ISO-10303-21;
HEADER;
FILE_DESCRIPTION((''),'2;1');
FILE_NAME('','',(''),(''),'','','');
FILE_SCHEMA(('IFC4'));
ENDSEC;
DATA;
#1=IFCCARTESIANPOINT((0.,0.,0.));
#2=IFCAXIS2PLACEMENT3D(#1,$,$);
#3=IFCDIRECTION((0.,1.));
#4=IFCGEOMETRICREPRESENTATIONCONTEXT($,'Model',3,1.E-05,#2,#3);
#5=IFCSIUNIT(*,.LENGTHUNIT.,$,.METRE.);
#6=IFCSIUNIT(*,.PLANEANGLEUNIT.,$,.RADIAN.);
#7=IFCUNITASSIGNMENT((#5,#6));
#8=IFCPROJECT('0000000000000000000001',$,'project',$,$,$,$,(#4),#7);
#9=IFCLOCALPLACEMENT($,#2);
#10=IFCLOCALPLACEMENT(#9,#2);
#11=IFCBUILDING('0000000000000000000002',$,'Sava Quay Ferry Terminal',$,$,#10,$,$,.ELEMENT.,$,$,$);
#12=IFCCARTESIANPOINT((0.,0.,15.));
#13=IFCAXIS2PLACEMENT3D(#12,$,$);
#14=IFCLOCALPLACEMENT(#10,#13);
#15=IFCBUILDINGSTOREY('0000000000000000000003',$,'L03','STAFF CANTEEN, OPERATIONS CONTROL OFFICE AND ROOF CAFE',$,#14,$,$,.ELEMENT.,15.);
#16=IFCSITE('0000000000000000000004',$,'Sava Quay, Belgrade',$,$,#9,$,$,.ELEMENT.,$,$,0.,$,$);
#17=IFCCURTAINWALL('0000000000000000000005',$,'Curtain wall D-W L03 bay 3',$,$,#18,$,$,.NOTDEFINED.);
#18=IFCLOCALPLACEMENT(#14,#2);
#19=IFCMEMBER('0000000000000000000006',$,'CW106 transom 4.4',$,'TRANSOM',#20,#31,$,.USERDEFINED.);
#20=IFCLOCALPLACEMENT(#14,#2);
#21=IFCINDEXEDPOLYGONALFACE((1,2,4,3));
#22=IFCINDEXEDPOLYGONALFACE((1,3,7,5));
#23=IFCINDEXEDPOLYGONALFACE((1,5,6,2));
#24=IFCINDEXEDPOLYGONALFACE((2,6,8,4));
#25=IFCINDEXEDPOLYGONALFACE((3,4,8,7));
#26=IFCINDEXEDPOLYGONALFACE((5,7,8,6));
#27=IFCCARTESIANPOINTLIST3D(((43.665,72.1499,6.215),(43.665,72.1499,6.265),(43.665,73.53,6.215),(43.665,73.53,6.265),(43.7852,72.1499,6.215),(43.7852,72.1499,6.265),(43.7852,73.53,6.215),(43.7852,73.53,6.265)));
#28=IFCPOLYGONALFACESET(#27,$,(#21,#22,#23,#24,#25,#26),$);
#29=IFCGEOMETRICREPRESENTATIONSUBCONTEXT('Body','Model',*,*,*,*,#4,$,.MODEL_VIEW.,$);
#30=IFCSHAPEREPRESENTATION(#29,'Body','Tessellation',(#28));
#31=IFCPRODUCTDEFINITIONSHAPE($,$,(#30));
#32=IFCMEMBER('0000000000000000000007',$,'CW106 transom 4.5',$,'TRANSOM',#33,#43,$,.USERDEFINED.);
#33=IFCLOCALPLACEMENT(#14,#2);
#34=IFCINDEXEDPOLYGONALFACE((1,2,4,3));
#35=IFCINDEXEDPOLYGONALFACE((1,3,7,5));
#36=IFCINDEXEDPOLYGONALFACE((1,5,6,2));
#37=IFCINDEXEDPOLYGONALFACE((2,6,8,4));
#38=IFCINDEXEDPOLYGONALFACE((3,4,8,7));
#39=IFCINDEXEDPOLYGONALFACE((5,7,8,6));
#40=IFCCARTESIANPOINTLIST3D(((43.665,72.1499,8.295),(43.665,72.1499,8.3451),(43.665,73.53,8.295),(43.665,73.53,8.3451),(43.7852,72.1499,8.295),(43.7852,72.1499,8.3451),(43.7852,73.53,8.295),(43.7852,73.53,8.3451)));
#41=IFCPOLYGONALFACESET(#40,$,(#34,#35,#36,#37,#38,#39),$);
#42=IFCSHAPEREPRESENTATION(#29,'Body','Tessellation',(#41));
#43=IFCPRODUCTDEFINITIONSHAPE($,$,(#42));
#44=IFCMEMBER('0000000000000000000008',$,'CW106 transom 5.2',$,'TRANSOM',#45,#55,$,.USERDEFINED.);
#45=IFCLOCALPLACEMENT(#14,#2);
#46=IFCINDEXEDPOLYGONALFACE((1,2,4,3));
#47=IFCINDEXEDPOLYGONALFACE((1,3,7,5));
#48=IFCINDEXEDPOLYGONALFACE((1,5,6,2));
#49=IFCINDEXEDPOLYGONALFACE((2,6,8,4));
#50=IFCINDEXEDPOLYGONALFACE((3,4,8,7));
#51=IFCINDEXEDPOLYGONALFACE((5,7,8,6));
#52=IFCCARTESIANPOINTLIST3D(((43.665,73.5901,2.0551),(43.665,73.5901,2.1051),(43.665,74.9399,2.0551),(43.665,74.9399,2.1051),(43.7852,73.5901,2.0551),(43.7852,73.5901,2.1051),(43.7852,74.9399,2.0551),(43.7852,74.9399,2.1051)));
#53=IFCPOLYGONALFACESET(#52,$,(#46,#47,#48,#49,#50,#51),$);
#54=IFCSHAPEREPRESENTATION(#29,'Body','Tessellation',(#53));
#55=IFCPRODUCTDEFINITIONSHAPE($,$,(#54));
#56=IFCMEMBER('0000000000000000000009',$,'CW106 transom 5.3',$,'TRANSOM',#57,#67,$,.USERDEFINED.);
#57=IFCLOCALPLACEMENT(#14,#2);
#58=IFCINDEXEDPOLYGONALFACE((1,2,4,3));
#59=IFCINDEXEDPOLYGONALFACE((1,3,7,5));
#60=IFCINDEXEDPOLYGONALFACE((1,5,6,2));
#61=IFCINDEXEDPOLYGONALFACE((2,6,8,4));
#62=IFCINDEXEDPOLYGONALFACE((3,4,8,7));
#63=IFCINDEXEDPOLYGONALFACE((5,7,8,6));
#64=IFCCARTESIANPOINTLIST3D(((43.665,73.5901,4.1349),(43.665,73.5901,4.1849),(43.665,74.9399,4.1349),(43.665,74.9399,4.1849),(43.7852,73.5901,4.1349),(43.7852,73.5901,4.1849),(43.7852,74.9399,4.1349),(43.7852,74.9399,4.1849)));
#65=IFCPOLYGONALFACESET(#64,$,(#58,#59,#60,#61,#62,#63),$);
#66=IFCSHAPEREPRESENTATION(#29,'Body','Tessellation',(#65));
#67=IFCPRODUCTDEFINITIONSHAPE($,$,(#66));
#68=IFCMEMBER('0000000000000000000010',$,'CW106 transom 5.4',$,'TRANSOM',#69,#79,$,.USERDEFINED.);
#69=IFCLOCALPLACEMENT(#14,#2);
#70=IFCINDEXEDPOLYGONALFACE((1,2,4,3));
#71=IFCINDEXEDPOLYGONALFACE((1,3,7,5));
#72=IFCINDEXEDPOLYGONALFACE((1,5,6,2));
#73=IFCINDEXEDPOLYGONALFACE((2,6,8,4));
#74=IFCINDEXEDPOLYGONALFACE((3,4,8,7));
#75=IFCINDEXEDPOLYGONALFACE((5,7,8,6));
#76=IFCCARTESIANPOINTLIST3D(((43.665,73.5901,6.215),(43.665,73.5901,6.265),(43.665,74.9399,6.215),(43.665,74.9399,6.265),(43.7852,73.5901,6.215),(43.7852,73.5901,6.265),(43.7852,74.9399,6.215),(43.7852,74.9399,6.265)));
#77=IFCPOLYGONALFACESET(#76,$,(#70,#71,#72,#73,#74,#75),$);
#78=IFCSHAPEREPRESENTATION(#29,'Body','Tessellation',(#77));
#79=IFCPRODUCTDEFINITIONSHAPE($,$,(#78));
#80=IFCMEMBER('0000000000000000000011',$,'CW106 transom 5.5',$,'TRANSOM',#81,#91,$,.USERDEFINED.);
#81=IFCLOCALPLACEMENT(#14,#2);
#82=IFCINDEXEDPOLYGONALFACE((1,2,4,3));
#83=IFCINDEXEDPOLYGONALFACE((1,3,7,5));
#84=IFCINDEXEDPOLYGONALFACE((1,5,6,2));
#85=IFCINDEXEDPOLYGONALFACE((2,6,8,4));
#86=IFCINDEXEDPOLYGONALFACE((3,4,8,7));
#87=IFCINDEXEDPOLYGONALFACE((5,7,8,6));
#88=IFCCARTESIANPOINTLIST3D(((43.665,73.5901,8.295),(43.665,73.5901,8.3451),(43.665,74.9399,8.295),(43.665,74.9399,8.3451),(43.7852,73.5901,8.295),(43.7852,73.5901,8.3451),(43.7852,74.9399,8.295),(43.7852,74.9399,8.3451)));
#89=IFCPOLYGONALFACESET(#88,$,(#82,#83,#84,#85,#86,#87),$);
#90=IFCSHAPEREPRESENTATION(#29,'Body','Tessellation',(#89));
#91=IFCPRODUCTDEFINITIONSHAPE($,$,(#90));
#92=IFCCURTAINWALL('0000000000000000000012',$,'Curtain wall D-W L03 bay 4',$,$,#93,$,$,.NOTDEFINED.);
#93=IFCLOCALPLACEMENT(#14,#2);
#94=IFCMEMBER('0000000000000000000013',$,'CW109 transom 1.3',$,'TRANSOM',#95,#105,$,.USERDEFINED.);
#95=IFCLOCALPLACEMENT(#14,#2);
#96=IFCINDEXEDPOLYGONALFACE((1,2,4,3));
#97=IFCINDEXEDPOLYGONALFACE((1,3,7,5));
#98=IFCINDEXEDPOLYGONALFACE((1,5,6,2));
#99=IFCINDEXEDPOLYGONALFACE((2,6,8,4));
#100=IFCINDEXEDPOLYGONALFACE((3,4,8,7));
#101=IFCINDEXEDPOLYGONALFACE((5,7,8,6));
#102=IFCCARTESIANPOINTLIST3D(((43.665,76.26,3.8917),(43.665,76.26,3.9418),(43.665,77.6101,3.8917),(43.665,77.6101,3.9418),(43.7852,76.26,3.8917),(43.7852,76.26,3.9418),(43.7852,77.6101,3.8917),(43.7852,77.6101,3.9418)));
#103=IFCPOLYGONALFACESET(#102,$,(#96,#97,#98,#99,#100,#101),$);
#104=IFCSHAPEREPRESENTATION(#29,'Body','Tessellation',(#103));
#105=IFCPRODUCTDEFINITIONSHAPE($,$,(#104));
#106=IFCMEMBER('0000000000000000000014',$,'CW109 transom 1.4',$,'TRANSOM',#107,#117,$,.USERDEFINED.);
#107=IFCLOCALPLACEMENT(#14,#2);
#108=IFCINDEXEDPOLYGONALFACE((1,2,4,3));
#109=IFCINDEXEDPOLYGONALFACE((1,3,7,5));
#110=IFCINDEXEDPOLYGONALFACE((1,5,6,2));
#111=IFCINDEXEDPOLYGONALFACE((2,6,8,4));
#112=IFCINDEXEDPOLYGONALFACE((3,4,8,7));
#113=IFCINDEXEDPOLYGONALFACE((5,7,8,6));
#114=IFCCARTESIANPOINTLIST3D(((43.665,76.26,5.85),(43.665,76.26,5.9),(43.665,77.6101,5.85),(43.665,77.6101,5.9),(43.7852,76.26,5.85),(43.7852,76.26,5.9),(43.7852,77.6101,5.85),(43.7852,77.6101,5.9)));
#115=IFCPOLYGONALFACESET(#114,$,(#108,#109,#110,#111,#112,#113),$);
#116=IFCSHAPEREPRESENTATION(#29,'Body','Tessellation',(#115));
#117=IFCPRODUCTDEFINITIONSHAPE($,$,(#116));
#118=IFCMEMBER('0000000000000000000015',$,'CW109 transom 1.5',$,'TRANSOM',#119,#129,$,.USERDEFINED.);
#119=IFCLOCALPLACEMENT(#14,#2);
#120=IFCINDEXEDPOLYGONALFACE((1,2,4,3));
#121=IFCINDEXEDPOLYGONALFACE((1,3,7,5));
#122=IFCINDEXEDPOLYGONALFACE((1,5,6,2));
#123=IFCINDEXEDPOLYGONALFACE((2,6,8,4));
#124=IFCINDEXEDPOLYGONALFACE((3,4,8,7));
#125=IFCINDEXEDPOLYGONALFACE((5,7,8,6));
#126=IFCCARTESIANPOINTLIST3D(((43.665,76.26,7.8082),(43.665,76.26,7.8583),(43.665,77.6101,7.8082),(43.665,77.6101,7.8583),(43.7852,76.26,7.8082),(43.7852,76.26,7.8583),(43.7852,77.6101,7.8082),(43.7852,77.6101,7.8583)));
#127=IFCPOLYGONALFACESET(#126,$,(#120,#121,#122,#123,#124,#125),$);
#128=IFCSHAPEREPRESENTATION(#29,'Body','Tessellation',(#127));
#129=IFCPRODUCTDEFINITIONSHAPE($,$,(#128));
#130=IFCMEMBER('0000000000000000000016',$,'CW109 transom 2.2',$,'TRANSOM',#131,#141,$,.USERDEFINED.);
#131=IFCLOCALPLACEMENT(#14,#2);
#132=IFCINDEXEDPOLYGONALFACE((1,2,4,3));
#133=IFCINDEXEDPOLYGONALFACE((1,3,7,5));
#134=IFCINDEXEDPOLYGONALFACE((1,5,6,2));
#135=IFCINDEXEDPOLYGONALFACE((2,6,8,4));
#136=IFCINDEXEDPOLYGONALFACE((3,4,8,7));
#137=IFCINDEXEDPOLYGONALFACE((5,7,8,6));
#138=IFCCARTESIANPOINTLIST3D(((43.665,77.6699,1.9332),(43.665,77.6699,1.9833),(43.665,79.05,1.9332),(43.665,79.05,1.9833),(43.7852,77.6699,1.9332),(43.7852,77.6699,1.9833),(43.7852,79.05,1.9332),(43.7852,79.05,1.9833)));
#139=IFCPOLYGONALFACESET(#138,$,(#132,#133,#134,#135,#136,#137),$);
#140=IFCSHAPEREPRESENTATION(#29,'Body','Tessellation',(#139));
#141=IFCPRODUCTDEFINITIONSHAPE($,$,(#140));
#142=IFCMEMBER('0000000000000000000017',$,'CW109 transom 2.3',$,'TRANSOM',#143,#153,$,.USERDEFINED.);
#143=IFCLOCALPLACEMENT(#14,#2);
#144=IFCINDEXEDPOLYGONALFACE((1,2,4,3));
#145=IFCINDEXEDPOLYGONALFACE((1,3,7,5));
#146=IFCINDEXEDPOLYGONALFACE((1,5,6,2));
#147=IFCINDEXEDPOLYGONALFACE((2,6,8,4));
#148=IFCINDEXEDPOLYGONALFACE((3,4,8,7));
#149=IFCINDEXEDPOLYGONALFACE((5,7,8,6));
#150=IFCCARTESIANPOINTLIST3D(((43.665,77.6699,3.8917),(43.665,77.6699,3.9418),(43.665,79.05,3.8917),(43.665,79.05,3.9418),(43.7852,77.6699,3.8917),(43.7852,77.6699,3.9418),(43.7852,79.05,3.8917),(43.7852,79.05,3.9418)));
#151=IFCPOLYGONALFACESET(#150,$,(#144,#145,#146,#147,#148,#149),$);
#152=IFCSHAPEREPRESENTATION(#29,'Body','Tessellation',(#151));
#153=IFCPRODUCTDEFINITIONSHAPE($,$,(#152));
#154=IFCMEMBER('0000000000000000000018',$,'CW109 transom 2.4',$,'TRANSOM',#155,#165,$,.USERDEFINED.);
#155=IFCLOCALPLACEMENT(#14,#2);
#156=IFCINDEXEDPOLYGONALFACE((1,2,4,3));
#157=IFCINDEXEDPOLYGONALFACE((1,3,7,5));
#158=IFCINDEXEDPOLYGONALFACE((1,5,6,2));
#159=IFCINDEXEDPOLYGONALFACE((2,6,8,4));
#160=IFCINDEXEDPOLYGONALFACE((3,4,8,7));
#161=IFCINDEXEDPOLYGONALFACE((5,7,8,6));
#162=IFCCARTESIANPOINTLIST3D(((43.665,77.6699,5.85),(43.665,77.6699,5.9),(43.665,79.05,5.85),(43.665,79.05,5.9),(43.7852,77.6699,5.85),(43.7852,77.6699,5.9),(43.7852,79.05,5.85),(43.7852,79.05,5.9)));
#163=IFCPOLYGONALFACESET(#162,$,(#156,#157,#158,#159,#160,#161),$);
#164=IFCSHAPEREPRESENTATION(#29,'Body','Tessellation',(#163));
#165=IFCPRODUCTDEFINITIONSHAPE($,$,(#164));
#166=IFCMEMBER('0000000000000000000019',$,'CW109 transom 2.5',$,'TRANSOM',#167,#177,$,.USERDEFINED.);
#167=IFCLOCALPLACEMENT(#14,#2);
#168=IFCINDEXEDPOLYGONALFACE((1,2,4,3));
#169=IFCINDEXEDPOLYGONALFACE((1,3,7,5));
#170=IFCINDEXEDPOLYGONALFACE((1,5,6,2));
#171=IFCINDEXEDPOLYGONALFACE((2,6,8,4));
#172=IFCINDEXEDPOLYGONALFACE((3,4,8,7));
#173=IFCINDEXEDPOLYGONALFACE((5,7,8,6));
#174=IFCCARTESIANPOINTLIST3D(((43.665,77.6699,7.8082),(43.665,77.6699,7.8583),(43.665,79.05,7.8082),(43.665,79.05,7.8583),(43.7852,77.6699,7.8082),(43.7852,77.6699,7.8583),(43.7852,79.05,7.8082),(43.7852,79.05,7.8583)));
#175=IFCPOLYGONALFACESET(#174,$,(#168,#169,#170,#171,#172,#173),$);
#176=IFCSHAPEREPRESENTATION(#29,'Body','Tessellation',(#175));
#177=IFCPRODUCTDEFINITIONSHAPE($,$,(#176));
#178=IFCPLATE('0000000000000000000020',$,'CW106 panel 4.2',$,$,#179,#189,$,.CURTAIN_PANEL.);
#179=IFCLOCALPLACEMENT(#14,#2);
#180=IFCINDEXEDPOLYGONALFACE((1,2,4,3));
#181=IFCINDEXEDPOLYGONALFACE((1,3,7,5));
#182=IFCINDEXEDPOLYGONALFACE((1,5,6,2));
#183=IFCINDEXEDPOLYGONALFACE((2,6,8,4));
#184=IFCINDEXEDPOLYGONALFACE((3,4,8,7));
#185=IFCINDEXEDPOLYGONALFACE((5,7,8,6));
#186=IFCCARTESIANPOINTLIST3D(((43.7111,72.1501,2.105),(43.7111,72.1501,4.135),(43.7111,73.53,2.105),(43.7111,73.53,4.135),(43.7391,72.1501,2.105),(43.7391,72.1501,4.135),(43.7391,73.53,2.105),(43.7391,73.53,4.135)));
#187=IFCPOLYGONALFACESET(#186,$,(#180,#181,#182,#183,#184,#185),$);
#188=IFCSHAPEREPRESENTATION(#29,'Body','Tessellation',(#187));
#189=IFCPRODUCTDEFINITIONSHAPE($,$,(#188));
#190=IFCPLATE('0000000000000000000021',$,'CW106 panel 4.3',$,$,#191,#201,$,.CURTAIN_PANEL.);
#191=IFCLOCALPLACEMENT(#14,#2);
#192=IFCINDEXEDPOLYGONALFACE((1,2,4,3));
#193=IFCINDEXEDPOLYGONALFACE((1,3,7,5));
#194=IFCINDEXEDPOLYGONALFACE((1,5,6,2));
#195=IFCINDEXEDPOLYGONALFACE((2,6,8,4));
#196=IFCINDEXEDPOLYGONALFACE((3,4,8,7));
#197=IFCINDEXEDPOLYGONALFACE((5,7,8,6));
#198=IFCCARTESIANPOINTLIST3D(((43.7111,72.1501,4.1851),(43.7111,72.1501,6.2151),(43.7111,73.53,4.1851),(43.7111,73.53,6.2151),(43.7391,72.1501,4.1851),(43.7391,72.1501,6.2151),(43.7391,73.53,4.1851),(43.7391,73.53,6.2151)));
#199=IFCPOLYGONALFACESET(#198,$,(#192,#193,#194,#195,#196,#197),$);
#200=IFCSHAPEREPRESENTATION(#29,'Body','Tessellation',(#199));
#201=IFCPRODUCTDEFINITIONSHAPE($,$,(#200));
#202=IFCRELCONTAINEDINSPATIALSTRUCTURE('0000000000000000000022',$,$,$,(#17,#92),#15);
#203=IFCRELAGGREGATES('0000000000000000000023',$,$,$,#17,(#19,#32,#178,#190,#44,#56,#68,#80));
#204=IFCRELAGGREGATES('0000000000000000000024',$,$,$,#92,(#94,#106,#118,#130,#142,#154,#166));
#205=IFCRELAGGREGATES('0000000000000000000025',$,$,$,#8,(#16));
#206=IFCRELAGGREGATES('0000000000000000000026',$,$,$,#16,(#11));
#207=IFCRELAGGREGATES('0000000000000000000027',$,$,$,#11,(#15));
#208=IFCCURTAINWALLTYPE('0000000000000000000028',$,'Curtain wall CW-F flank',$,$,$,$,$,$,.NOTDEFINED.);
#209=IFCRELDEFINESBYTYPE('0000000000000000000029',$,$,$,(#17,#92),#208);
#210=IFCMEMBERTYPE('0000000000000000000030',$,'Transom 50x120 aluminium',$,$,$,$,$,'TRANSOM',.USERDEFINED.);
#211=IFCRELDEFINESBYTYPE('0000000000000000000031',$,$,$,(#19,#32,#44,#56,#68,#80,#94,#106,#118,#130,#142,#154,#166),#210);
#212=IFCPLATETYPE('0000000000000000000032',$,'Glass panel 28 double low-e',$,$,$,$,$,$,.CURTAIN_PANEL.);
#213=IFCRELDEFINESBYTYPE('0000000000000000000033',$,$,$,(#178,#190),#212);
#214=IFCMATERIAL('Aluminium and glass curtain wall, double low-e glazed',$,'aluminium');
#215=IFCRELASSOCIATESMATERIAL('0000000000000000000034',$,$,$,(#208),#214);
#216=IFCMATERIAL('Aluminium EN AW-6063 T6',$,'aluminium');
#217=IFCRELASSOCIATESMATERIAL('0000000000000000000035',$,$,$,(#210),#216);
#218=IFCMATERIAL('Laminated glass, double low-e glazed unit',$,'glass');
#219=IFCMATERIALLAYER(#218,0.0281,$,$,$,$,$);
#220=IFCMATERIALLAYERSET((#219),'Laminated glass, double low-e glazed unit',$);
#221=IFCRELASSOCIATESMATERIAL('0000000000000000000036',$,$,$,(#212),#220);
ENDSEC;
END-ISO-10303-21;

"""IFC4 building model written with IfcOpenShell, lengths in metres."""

from ifc_helpers import new_model, si_unit, direction, frame, origin, origin_2d, place, context, subcontext, project, spatial, rectangle, extrude, material, layer, layer_set, material_profile, profile_set, type_object, element, aggregate, save


model = new_model("IFC4")

# Units and contexts
model_context = context("Model", 3, precision=1e-05, world=origin(), true_north=direction((0.0, 1.0)))
body_context = subcontext(model_context, "Body", "Model", "MODEL_VIEW")
ifc_project = project(units=[si_unit("LENGTHUNIT", "METRE"), si_unit("PLANEANGLEUNIT", "RADIAN")], contexts=[model_context])

# Site, building, storey
site_placement = place(None, origin())
site = spatial("IfcSite", under=ifc_project, at=site_placement, Name="Sava Quay, Belgrade", CompositionType="ELEMENT", RefElevation=0.0)
building_placement = place(site_placement, origin())
building = spatial("IfcBuilding", under=site, at=building_placement, Name="Sava Quay Ferry Terminal", CompositionType="ELEMENT")
storey_placement = place(building_placement, frame((0.0, 0.0, 15.0)))
storey = spatial("IfcBuildingStorey", under=building, at=storey_placement, Name="L03", Description="STAFF CANTEEN, OPERATIONS CONTROL OFFICE AND ROOF CAFE", CompositionType="ELEMENT", Elevation=15.0)

# Curtain walls, members
ifc_material_1 = material(Name="Aluminium and glass curtain wall, double low-e glazed", Category="aluminium")
curtain_wall_type = type_object("IfcCurtainWallType", Name="Curtain wall CW-F flank", PredefinedType="NOTDEFINED", material=ifc_material_1)
curtain_wall_1_placement = place(storey_placement, origin())
curtain_wall_1 = element("IfcCurtainWall", 1, at=curtain_wall_1_placement, inside=storey, type_object=curtain_wall_type, Name="Curtain wall D-W L03 bay 3", PredefinedType="NOTDEFINED")
ifc_material_2 = material(Name="Aluminium EN AW-6063 T6", Category="aluminium")
ifc_material_profile = material_profile(ifc_material_2, rectangle(XDim=0.1201, YDim=0.05, at=origin_2d()), Name="Transom 50x120 aluminium")
ifc_profile_set = profile_set([ifc_material_profile], Name="Aluminium EN AW-6063 T6")
member_type = type_object("IfcMemberType", Name="Transom 50x120 aluminium", ElementType="TRANSOM", PredefinedType="USERDEFINED", material=ifc_profile_set)
member_1_placement = place(storey_placement, frame((43.7251, 72.1499, 6.24), z_axis=(0.0, 1.0, 0.0), x_axis=(-1.0, 0.0, 0.0)))
member_1 = element("IfcMember", 2, at=member_1_placement, type_object=member_type, Name="CW106 transom 4.4", ObjectType="TRANSOM", PredefinedType="USERDEFINED", context=body_context, shape_type="SweptSolid", body=[
    extrude(rectangle(XDim=0.1201, YDim=0.05, at=origin_2d()), origin(), (0.0, 0.0, 1.0), 1.3801),
])
member_2_placement = place(storey_placement, frame((43.7251, 72.1499, 8.3201), z_axis=(0.0, 1.0, 0.0), x_axis=(-1.0, 0.0, 0.0)))
member_2 = element("IfcMember", 3, at=member_2_placement, type_object=member_type, Name="CW106 transom 4.5", ObjectType="TRANSOM", PredefinedType="USERDEFINED", context=body_context, shape_type="SweptSolid", body=[
    extrude(rectangle(XDim=0.1201, YDim=0.05, at=origin_2d()), origin(), (0.0, 0.0, 1.0), 1.3801),
])
member_3_placement = place(storey_placement, frame((43.7251, 73.5901, 2.0801), z_axis=(0.0, 1.0, 0.0), x_axis=(-1.0, 0.0, 0.0)))
member_3 = element("IfcMember", 4, at=member_3_placement, type_object=member_type, Name="CW106 transom 5.2", ObjectType="TRANSOM", PredefinedType="USERDEFINED", context=body_context, shape_type="SweptSolid", body=[
    extrude(rectangle(XDim=0.1201, YDim=0.05, at=origin_2d()), origin(), (0.0, 0.0, 1.0), 1.3499),
])
member_4_placement = place(storey_placement, frame((43.7251, 73.5901, 4.1599), z_axis=(0.0, 1.0, 0.0), x_axis=(-1.0, 0.0, 0.0)))
member_4 = element("IfcMember", 5, at=member_4_placement, type_object=member_type, Name="CW106 transom 5.3", ObjectType="TRANSOM", PredefinedType="USERDEFINED", context=body_context, shape_type="SweptSolid", body=[
    extrude(rectangle(XDim=0.1201, YDim=0.05, at=origin_2d()), origin(), (0.0, 0.0, 1.0), 1.3499),
])
member_5_placement = place(storey_placement, frame((43.7251, 73.5901, 6.24), z_axis=(0.0, 1.0, 0.0), x_axis=(-1.0, 0.0, 0.0)))
member_5 = element("IfcMember", 6, at=member_5_placement, type_object=member_type, Name="CW106 transom 5.4", ObjectType="TRANSOM", PredefinedType="USERDEFINED", context=body_context, shape_type="SweptSolid", body=[
    extrude(rectangle(XDim=0.1201, YDim=0.05, at=origin_2d()), origin(), (0.0, 0.0, 1.0), 1.3499),
])
member_6_placement = place(storey_placement, frame((43.7251, 73.5901, 8.3201), z_axis=(0.0, 1.0, 0.0), x_axis=(-1.0, 0.0, 0.0)))
member_6 = element("IfcMember", 7, at=member_6_placement, type_object=member_type, Name="CW106 transom 5.5", ObjectType="TRANSOM", PredefinedType="USERDEFINED", context=body_context, shape_type="SweptSolid", body=[
    extrude(rectangle(XDim=0.1201, YDim=0.05, at=origin_2d()), origin(), (0.0, 0.0, 1.0), 1.3499),
])
curtain_wall_2_placement = place(storey_placement, origin())
curtain_wall_2 = element("IfcCurtainWall", 8, at=curtain_wall_2_placement, inside=storey, type_object=curtain_wall_type, Name="Curtain wall D-W L03 bay 4", PredefinedType="NOTDEFINED")
member_7_placement = place(storey_placement, frame((43.7251, 76.26, 3.9167), z_axis=(0.0, 1.0, 0.0), x_axis=(-1.0, 0.0, 0.0)))
member_7 = element("IfcMember", 9, at=member_7_placement, type_object=member_type, Name="CW109 transom 1.3", ObjectType="TRANSOM", PredefinedType="USERDEFINED", context=body_context, shape_type="SweptSolid", body=[
    extrude(rectangle(XDim=0.1201, YDim=0.05, at=origin_2d()), origin(), (0.0, 0.0, 1.0), 1.3501),
])
member_8_placement = place(storey_placement, frame((43.7251, 76.26, 5.875), z_axis=(0.0, 1.0, 0.0), x_axis=(-1.0, 0.0, 0.0)))
member_8 = element("IfcMember", 10, at=member_8_placement, type_object=member_type, Name="CW109 transom 1.4", ObjectType="TRANSOM", PredefinedType="USERDEFINED", context=body_context, shape_type="SweptSolid", body=[
    extrude(rectangle(XDim=0.1201, YDim=0.05, at=origin_2d()), origin(), (0.0, 0.0, 1.0), 1.3501),
])
member_9_placement = place(storey_placement, frame((43.7251, 76.26, 7.8333), z_axis=(0.0, 1.0, 0.0), x_axis=(-1.0, 0.0, 0.0)))
member_9 = element("IfcMember", 11, at=member_9_placement, type_object=member_type, Name="CW109 transom 1.5", ObjectType="TRANSOM", PredefinedType="USERDEFINED", context=body_context, shape_type="SweptSolid", body=[
    extrude(rectangle(XDim=0.1201, YDim=0.05, at=origin_2d()), origin(), (0.0, 0.0, 1.0), 1.3501),
])
member_10_placement = place(storey_placement, frame((43.7251, 77.6699, 1.9583), z_axis=(0.0, 1.0, 0.0), x_axis=(-1.0, 0.0, 0.0)))
member_10 = element("IfcMember", 12, at=member_10_placement, type_object=member_type, Name="CW109 transom 2.2", ObjectType="TRANSOM", PredefinedType="USERDEFINED", context=body_context, shape_type="SweptSolid", body=[
    extrude(rectangle(XDim=0.1201, YDim=0.05, at=origin_2d()), origin(), (0.0, 0.0, 1.0), 1.3801),
])
member_11_placement = place(storey_placement, frame((43.7251, 77.6699, 3.9167), z_axis=(0.0, 1.0, 0.0), x_axis=(-1.0, 0.0, 0.0)))
member_11 = element("IfcMember", 13, at=member_11_placement, type_object=member_type, Name="CW109 transom 2.3", ObjectType="TRANSOM", PredefinedType="USERDEFINED", context=body_context, shape_type="SweptSolid", body=[
    extrude(rectangle(XDim=0.1201, YDim=0.05, at=origin_2d()), origin(), (0.0, 0.0, 1.0), 1.3801),
])
member_12_placement = place(storey_placement, frame((43.7251, 77.6699, 5.875), z_axis=(0.0, 1.0, 0.0), x_axis=(-1.0, 0.0, 0.0)))
member_12 = element("IfcMember", 14, at=member_12_placement, type_object=member_type, Name="CW109 transom 2.4", ObjectType="TRANSOM", PredefinedType="USERDEFINED", context=body_context, shape_type="SweptSolid", body=[
    extrude(rectangle(XDim=0.1201, YDim=0.05, at=origin_2d()), origin(), (0.0, 0.0, 1.0), 1.3801),
])
member_13_placement = place(storey_placement, frame((43.7251, 77.6699, 7.8333), z_axis=(0.0, 1.0, 0.0), x_axis=(-1.0, 0.0, 0.0)))
member_13 = element("IfcMember", 15, at=member_13_placement, type_object=member_type, Name="CW109 transom 2.5", ObjectType="TRANSOM", PredefinedType="USERDEFINED", context=body_context, shape_type="SweptSolid", body=[
    extrude(rectangle(XDim=0.1201, YDim=0.05, at=origin_2d()), origin(), (0.0, 0.0, 1.0), 1.3801),
])

# Plates
ifc_material_3 = material(Name="Laminated glass, double low-e glazed unit", Category="glass")
ifc_layer = layer(ifc_material_3, 0.0281)
ifc_layer_set = layer_set([ifc_layer], Name="Laminated glass, double low-e glazed unit")
plate_type = type_object("IfcPlateType", Name="Glass panel 28 double low-e", PredefinedType="CURTAIN_PANEL", material=ifc_layer_set)
plate_1_placement = place(storey_placement, frame((43.7251, 72.8401, 2.105), z_axis=(0.0, 0.0, 1.0), x_axis=(0.0, 1.0, 0.0)))
plate_1 = element("IfcPlate", 16, at=plate_1_placement, type_object=plate_type, Name="CW106 panel 4.2", PredefinedType="CURTAIN_PANEL", context=body_context, shape_type="SweptSolid", body=[
    extrude(rectangle(XDim=1.3799, YDim=0.0281, at=origin_2d()), origin(), (0.0, 0.0, 1.0), 2.03),
])
plate_2_placement = place(storey_placement, frame((43.7251, 72.8401, 4.1851), z_axis=(0.0, 0.0, 1.0), x_axis=(0.0, 1.0, 0.0)))
plate_2 = element("IfcPlate", 17, at=plate_2_placement, type_object=plate_type, Name="CW106 panel 4.3", PredefinedType="CURTAIN_PANEL", context=body_context, shape_type="SweptSolid", body=[
    extrude(rectangle(XDim=1.3799, YDim=0.0281, at=origin_2d()), origin(), (0.0, 0.0, 1.0), 2.03),
])
aggregate(curtain_wall_1, [member_1, member_2, plate_1, plate_2, member_3, member_4, member_5, member_6])
aggregate(curtain_wall_2, [member_7, member_8, member_9, member_10, member_11, member_12, member_13])

save(model, "model.ifc")
